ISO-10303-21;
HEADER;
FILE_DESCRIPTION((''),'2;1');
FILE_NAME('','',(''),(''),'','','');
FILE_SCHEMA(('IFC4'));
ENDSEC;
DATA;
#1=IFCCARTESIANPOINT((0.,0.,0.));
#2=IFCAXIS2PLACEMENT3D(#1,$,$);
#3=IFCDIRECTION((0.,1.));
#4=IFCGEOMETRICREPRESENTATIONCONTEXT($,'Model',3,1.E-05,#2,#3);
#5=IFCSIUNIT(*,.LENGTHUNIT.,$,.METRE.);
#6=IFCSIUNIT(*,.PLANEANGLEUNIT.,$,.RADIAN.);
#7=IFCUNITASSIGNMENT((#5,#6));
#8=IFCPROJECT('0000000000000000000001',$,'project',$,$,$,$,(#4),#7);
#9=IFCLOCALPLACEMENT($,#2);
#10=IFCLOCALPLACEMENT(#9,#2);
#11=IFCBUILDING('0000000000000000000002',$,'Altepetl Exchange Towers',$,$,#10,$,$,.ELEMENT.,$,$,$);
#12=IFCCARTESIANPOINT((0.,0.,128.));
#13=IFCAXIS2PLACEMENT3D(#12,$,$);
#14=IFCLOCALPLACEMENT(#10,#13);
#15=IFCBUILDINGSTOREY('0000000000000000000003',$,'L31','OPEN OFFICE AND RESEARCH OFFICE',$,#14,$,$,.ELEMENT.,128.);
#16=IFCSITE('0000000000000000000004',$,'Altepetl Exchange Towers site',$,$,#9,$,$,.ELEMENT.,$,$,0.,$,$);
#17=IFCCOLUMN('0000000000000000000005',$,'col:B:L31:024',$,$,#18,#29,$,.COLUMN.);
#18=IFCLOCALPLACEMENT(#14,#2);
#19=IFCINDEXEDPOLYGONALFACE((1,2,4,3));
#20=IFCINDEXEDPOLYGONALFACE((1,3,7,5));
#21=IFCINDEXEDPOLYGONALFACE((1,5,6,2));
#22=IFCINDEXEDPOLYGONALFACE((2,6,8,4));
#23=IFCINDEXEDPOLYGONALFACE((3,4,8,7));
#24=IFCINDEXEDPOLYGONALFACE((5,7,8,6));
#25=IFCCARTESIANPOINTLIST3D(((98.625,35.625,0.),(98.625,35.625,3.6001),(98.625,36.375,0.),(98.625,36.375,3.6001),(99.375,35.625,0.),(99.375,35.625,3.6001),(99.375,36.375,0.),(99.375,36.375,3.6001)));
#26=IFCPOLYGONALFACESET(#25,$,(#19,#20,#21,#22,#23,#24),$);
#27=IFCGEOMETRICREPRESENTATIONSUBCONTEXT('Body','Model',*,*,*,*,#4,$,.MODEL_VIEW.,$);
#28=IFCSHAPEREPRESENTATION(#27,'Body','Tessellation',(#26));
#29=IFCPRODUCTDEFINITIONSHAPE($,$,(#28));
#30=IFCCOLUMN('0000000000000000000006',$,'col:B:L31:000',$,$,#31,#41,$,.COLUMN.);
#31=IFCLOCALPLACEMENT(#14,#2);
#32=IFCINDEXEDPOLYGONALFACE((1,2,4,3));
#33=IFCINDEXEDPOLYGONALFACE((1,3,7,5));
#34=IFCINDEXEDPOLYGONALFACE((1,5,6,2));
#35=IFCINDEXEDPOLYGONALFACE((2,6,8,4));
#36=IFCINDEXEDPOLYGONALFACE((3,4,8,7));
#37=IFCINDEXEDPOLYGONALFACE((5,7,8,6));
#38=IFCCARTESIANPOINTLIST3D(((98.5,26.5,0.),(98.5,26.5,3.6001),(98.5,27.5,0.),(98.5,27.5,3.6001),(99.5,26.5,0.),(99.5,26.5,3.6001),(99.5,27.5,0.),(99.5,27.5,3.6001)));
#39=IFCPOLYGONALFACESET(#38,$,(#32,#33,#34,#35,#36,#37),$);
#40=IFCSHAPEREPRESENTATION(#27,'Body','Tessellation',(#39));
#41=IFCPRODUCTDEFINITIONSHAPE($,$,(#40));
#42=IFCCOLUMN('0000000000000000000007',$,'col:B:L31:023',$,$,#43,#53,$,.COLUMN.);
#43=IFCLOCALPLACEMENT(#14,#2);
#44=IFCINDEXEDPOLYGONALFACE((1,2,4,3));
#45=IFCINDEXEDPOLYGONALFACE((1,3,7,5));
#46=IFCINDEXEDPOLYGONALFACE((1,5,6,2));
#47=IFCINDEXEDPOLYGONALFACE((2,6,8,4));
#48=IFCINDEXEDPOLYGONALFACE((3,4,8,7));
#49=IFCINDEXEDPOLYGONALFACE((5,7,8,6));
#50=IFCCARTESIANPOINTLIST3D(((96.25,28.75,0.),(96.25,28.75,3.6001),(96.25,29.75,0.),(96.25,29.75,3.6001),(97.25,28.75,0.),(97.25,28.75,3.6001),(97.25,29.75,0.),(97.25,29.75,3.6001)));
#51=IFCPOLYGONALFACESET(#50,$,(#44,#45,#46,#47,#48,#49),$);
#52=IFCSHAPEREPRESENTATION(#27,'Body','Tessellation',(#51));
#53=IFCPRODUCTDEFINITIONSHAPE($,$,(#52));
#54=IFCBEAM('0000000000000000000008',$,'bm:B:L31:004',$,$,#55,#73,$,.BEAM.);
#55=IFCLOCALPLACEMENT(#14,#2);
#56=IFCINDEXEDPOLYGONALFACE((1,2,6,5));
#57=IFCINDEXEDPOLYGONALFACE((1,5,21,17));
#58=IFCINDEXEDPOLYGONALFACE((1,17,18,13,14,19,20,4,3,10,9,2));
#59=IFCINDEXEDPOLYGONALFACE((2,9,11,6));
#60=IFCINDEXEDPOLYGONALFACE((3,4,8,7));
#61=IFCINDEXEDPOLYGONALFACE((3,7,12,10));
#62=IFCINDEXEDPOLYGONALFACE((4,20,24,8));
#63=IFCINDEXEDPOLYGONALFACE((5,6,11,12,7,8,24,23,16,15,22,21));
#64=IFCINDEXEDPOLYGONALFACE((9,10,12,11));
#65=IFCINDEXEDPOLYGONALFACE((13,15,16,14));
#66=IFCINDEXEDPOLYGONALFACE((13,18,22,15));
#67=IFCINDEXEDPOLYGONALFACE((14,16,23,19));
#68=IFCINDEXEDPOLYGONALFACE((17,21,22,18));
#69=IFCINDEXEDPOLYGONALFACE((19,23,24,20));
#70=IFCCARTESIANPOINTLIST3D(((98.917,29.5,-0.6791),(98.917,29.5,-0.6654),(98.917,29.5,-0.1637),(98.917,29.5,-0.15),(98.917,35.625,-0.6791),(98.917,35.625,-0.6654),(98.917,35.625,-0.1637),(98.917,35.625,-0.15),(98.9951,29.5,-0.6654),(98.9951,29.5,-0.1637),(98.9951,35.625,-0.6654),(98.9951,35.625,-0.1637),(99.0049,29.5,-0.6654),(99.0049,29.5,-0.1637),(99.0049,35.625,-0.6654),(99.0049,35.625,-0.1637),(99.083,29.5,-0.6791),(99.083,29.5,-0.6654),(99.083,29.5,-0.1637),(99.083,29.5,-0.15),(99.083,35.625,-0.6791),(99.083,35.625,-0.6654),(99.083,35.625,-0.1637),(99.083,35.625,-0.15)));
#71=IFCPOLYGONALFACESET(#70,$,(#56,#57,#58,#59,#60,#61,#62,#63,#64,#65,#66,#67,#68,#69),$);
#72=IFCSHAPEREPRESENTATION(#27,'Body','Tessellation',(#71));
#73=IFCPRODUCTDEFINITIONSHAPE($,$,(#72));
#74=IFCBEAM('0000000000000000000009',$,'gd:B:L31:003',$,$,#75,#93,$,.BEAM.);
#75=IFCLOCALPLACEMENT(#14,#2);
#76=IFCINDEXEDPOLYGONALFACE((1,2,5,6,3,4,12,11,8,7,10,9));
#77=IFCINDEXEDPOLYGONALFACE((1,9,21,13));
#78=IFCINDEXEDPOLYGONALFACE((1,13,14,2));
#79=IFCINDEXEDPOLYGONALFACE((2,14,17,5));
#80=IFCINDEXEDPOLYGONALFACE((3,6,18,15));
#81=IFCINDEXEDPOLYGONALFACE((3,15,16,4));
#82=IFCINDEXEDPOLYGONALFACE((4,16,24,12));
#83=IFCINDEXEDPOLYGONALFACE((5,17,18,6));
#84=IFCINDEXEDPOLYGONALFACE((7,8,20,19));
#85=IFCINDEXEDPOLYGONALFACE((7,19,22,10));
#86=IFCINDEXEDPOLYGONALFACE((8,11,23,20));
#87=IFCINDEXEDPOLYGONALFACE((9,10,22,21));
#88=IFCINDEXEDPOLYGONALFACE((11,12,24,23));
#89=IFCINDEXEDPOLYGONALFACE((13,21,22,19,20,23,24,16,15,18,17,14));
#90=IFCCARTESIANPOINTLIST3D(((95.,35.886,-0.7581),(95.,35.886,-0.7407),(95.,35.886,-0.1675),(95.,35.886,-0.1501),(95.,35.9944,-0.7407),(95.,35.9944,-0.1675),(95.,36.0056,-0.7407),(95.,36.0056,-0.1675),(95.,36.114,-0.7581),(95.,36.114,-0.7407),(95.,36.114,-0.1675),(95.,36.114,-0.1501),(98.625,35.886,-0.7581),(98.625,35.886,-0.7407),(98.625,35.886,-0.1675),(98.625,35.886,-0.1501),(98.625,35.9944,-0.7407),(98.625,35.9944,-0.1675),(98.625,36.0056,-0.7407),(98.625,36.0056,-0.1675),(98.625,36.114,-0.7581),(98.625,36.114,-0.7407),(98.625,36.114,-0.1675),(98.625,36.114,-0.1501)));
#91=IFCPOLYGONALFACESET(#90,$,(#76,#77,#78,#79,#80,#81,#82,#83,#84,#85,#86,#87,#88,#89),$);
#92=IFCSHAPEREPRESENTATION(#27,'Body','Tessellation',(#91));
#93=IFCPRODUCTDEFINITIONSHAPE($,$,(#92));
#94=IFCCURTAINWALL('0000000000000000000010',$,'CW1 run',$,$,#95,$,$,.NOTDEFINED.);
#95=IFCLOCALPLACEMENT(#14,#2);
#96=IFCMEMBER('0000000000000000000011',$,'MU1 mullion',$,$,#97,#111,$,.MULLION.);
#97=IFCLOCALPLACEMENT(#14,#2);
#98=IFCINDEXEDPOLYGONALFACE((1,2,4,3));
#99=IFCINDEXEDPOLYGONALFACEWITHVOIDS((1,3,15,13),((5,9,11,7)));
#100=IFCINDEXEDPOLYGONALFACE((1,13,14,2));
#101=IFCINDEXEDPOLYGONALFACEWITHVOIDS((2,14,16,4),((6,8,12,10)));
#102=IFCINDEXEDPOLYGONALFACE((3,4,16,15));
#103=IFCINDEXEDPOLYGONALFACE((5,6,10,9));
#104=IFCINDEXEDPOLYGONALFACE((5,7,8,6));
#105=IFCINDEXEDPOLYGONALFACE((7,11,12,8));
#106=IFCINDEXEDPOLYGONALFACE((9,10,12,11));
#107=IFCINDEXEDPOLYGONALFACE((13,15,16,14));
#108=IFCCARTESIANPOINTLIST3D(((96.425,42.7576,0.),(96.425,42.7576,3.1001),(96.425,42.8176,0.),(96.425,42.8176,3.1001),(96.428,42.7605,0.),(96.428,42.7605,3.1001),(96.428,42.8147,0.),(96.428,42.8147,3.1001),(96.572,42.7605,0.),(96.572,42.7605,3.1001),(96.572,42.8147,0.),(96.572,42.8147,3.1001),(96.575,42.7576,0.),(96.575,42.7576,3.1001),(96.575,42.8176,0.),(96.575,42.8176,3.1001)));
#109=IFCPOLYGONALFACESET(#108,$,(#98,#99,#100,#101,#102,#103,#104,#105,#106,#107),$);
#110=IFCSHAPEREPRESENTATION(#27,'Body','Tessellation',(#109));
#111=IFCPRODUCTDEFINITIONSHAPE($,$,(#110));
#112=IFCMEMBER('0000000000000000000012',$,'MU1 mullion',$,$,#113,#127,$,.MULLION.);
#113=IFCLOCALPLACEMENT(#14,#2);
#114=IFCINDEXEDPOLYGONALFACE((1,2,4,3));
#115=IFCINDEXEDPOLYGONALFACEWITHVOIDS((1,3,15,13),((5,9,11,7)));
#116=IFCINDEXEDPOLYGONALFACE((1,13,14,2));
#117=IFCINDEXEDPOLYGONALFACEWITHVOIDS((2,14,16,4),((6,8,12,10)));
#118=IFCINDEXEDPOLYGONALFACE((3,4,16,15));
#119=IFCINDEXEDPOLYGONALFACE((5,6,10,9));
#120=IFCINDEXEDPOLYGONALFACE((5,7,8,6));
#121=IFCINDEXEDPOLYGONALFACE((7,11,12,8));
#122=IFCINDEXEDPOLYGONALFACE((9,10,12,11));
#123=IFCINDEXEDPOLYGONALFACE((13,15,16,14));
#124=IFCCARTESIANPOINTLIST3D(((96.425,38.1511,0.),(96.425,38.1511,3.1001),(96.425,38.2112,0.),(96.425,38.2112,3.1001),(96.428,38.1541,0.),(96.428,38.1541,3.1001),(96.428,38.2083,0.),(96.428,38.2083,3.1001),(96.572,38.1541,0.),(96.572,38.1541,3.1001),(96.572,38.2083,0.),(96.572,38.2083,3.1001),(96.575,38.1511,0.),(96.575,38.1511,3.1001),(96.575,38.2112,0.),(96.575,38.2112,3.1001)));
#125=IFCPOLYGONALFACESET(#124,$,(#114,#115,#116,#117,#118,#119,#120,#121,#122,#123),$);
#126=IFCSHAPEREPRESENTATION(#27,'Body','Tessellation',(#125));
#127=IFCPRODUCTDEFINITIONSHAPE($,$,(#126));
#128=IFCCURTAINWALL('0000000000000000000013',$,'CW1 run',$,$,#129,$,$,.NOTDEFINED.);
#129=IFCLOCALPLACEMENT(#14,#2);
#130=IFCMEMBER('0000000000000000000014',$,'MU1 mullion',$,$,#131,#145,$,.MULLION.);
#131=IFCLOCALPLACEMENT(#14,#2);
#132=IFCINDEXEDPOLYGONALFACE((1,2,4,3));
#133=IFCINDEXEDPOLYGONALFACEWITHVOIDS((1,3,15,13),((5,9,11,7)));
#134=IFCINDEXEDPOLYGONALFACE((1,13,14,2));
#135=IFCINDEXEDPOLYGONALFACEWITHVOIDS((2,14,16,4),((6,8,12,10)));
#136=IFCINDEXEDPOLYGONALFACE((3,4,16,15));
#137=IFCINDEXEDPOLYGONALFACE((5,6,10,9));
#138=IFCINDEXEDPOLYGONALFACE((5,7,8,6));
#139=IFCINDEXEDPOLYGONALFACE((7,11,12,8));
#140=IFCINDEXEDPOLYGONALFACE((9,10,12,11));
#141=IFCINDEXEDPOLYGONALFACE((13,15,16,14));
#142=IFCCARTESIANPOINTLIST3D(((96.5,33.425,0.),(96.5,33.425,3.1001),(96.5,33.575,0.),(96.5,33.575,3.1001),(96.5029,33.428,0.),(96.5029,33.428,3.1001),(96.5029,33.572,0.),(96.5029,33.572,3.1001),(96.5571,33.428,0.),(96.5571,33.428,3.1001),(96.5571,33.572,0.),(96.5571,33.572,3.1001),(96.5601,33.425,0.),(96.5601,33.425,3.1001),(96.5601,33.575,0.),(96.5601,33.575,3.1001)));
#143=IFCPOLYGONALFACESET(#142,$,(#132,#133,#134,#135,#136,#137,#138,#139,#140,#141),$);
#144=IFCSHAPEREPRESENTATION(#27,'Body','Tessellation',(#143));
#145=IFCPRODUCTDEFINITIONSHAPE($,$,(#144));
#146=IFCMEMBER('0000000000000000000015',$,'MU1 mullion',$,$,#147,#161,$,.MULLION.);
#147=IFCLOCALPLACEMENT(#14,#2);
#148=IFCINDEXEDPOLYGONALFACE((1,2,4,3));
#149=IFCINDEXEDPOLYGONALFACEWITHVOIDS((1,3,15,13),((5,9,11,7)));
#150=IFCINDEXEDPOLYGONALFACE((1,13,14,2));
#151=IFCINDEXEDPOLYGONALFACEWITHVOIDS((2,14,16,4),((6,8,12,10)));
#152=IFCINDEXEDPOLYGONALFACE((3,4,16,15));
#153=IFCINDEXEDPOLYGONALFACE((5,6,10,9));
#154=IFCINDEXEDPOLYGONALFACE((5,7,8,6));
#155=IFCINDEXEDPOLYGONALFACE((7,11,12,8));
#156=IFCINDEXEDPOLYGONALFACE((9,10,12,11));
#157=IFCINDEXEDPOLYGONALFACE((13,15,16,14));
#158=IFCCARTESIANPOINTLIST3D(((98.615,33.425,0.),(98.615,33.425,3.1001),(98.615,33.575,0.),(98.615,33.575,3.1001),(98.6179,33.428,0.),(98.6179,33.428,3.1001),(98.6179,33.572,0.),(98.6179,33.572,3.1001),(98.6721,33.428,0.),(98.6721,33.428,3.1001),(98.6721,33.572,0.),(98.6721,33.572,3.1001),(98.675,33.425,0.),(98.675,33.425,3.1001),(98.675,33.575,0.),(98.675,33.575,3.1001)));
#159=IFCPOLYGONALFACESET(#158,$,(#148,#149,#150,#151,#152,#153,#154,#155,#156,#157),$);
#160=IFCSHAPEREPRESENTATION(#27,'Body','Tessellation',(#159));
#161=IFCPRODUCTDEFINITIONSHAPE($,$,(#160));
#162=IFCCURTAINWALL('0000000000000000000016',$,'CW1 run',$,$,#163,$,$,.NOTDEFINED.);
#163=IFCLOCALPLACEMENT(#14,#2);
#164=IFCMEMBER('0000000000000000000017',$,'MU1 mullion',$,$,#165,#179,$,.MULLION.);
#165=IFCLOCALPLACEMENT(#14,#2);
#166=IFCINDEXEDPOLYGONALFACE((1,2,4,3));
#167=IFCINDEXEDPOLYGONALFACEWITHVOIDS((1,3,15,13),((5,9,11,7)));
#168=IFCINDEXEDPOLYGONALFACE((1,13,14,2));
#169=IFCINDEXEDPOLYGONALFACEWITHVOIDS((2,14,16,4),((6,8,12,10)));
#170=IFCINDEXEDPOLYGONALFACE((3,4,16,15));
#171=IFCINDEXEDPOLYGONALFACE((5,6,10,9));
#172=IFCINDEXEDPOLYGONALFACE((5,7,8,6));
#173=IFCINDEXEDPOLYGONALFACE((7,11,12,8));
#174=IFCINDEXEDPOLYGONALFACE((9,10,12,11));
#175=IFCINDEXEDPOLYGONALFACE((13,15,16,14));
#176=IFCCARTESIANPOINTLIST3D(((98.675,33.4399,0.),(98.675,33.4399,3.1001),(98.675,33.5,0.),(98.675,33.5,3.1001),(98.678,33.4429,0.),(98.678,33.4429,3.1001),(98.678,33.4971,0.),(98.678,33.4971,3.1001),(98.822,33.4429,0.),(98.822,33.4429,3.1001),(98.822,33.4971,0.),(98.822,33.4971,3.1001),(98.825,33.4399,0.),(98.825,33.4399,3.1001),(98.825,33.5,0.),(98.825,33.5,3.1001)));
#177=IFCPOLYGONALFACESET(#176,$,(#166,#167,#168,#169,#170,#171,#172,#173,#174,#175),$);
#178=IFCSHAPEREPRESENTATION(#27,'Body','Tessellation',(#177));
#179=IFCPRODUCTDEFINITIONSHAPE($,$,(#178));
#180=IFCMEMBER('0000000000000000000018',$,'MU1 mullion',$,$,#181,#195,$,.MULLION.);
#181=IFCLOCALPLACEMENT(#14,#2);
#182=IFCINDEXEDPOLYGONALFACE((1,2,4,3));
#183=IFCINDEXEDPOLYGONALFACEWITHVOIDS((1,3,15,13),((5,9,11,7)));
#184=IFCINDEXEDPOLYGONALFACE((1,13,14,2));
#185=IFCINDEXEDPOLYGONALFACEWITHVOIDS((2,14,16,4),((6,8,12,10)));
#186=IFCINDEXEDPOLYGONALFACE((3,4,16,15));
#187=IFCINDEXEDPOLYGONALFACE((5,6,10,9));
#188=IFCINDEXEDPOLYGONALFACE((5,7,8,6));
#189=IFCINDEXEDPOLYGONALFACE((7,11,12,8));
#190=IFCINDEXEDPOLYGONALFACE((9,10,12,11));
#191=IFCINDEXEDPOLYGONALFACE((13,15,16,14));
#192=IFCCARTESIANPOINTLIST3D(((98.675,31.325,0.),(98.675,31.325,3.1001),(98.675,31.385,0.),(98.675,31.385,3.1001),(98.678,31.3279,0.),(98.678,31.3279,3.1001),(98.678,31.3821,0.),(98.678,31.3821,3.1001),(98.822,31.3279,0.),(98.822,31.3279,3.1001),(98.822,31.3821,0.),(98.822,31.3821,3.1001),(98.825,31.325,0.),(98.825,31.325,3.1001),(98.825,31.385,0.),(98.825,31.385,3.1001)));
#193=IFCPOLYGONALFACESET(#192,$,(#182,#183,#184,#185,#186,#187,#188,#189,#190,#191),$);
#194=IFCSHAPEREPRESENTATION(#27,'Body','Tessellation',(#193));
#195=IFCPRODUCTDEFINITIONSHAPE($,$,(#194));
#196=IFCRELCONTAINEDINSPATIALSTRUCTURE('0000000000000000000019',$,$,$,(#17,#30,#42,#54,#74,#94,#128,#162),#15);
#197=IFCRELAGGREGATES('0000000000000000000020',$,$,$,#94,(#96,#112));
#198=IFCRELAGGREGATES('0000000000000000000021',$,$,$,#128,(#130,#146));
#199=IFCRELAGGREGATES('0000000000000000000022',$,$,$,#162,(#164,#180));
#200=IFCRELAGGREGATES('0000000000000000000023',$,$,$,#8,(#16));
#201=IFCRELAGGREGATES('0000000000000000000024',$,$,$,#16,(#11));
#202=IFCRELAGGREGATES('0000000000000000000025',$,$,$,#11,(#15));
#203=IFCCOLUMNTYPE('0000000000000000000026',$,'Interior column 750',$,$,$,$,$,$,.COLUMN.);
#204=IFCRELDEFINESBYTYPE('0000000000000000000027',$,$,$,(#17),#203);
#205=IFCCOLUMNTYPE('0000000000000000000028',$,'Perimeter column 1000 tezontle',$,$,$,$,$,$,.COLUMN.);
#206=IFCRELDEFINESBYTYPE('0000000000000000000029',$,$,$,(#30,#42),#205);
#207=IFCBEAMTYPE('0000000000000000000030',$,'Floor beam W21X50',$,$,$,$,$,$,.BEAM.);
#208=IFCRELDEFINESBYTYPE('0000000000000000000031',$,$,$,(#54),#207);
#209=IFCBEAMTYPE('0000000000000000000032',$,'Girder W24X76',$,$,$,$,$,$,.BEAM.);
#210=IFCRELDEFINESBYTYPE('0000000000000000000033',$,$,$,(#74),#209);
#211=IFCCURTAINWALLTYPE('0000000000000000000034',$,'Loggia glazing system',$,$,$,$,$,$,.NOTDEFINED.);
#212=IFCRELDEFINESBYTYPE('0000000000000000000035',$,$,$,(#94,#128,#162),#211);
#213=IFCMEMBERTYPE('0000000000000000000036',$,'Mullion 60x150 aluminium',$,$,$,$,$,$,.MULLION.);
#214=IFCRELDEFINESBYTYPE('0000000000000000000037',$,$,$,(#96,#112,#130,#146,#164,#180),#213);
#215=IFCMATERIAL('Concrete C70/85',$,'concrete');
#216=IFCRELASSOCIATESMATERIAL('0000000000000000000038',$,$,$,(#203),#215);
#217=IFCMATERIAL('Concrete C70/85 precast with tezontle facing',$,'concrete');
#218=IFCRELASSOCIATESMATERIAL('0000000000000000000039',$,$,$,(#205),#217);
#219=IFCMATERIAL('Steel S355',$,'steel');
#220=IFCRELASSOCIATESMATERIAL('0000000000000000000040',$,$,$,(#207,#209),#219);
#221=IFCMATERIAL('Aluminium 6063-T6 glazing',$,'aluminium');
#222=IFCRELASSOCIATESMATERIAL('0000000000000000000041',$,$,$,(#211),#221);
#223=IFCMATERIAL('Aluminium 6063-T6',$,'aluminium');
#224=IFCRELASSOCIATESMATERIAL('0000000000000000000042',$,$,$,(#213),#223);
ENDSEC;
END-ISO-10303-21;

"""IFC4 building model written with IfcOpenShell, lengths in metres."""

from ifc_helpers import new_model, si_unit, direction, frame, origin, origin_2d, place, context, subcontext, project, spatial, rectangle, hollow_rectangle, i_section, extrude, material, material_profile, profile_set, type_object, element, aggregate, save


model = new_model("IFC4")

# Units and contexts
model_context = context("Model", 3, precision=1e-05, world=origin(), true_north=direction((0.0, 1.0)))
body_context = subcontext(model_context, "Body", "Model", "MODEL_VIEW")
ifc_project = project(units=[si_unit("LENGTHUNIT", "METRE"), si_unit("PLANEANGLEUNIT", "RADIAN")], contexts=[model_context])

# Site, building, storey
site_placement = place(None, origin())
site = spatial("IfcSite", under=ifc_project, at=site_placement, Name="Altepetl Exchange Towers site", CompositionType="ELEMENT", RefElevation=0.0)
building_placement = place(site_placement, origin())
building = spatial("IfcBuilding", under=site, at=building_placement, Name="Altepetl Exchange Towers", CompositionType="ELEMENT")
storey_placement = place(building_placement, frame((0.0, 0.0, 128.0)))
storey = spatial("IfcBuildingStorey", under=building, at=storey_placement, Name="L31", Description="OPEN OFFICE AND RESEARCH OFFICE", CompositionType="ELEMENT", Elevation=128.0)

# Columns
ifc_material_1 = material(Name="Concrete C70/85", Category="concrete")
ifc_material_profile_1 = material_profile(ifc_material_1, rectangle(XDim=0.75, YDim=0.75, at=origin_2d()), Name="750 x 750")
ifc_profile_set_1 = profile_set([ifc_material_profile_1], Name="Concrete C70/85")
column_type_1 = type_object("IfcColumnType", Name="Interior column 750", PredefinedType="COLUMN", material=ifc_profile_set_1)
column_placement = place(storey_placement, frame((99.0, 36.0, 0.0)))
element("IfcColumn", 1, at=column_placement, inside=storey, type_object=column_type_1, Name="col:B:L31:024", PredefinedType="COLUMN", context=body_context, shape_type="SweptSolid", body=[
    extrude(rectangle(XDim=0.75, YDim=0.75, at=origin_2d()), origin(), (0.0, 0.0, 1.0), 3.6001),
])
ifc_material_2 = material(Name="Concrete C70/85 precast with tezontle facing", Category="concrete")
ifc_material_profile_2 = material_profile(ifc_material_2, rectangle(XDim=1.0, YDim=1.0, at=origin_2d()), Name="1000 x 1000")
ifc_profile_set_2 = profile_set([ifc_material_profile_2], Name="Concrete C70/85 precast with tezontle facing")
column_type_2 = type_object("IfcColumnType", Name="Perimeter column 1000 tezontle", PredefinedType="COLUMN", material=ifc_profile_set_2)
for number, where, name in (
    (2, (99.0, 27.0, 0.0), "col:B:L31:000"),
    (3, (96.75, 29.25, 0.0), "col:B:L31:023"),
):
    element("IfcColumn", number, at=place(storey_placement, frame(where)), inside=storey, type_object=column_type_2, Name=name, PredefinedType="COLUMN", context=body_context, shape_type="SweptSolid", body=[
        extrude(rectangle(XDim=1.0, YDim=1.0, at=origin_2d()), origin(), (0.0, 0.0, 1.0), 3.6001),
    ])

# Beams
ifc_material_3 = material(Name="Steel S355", Category="steel")
ifc_material_profile_3 = material_profile(ifc_material_3, i_section(OverallWidth=0.166, OverallDepth=0.5291, WebThickness=0.0098, FlangeThickness=0.0137, at=origin_2d()), Name="W21X50")
ifc_profile_set_3 = profile_set([ifc_material_profile_3], Name="Steel S355")
beam_type_1 = type_object("IfcBeamType", Name="Floor beam W21X50", PredefinedType="BEAM", material=ifc_profile_set_3)
beam_1_placement = place(storey_placement, frame((99.0, 29.5, -0.4146), z_axis=(0.0, 1.0, 0.0), x_axis=(-1.0, 0.0, 0.0)))
element("IfcBeam", 4, at=beam_1_placement, inside=storey, type_object=beam_type_1, Name="bm:B:L31:004", PredefinedType="BEAM", context=body_context, shape_type="SweptSolid", body=[
    extrude(i_section(OverallWidth=0.166, OverallDepth=0.5291, WebThickness=0.0098, FlangeThickness=0.0137, at=origin_2d()), origin(), (0.0, 0.0, 1.0), 6.125),
])
ifc_material_profile_4 = material_profile(ifc_material_3, i_section(OverallWidth=0.228, OverallDepth=0.6079, WebThickness=0.0112, FlangeThickness=0.0173, at=origin_2d()), Name="W24X76")
ifc_profile_set_4 = profile_set([ifc_material_profile_4], Name="Steel S355")
beam_type_2 = type_object("IfcBeamType", Name="Girder W24X76", PredefinedType="BEAM", material=ifc_profile_set_4)
beam_2_placement = place(storey_placement, frame((98.625, 36.0, -0.4541), z_axis=(-1.0, 0.0, 0.0), x_axis=(0.0, -1.0, 0.0)))
element("IfcBeam", 5, at=beam_2_placement, inside=storey, type_object=beam_type_2, Name="gd:B:L31:003", PredefinedType="BEAM", context=body_context, shape_type="SweptSolid", body=[
    extrude(i_section(OverallWidth=0.228, OverallDepth=0.6079, WebThickness=0.0112, FlangeThickness=0.0173, at=origin_2d()), origin(), (0.0, 0.0, 1.0), 3.625),
])

# Curtain walls, members
ifc_material_4 = material(Name="Aluminium 6063-T6 glazing", Category="aluminium")
curtain_wall_type = type_object("IfcCurtainWallType", Name="Loggia glazing system", PredefinedType="NOTDEFINED", material=ifc_material_4)
curtain_wall_1_placement = place(storey_placement, origin())
curtain_wall_1 = element("IfcCurtainWall", 6, at=curtain_wall_1_placement, inside=storey, type_object=curtain_wall_type, Name="CW1 run", PredefinedType="NOTDEFINED")
ifc_material_5 = material(Name="Aluminium 6063-T6", Category="aluminium")
ifc_material_profile_5 = material_profile(ifc_material_5, hollow_rectangle(XDim=0.0601, YDim=0.1499, WallThickness=0.0029, at=origin_2d()), Name="Mullion 60x150 aluminium")
ifc_profile_set_5 = profile_set([ifc_material_profile_5], Name="Aluminium 6063-T6")
member_type = type_object("IfcMemberType", Name="Mullion 60x150 aluminium", PredefinedType="MULLION", material=ifc_profile_set_5)
member_1_placement = place(storey_placement, frame((96.5, 42.7876, 0.0), z_axis=(0.0, 0.0, 1.0), x_axis=(0.0, -1.0, 0.0)))
member_1 = element("IfcMember", 7, at=member_1_placement, type_object=member_type, Name="MU1 mullion", PredefinedType="MULLION", context=body_context, shape_type="SweptSolid", body=[
    extrude(hollow_rectangle(XDim=0.0601, YDim=0.1499, WallThickness=0.0029, at=origin_2d()), origin(), (0.0, 0.0, 1.0), 3.1001),
])
member_2_placement = place(storey_placement, frame((96.5, 38.1812, 0.0), z_axis=(0.0, 0.0, 1.0), x_axis=(0.0, -1.0, 0.0)))
member_2 = element("IfcMember", 8, at=member_2_placement, type_object=member_type, Name="MU1 mullion", PredefinedType="MULLION", context=body_context, shape_type="SweptSolid", body=[
    extrude(hollow_rectangle(XDim=0.0601, YDim=0.1499, WallThickness=0.0029, at=origin_2d()), origin(), (0.0, 0.0, 1.0), 3.1001),
])
curtain_wall_2_placement = place(storey_placement, origin())
curtain_wall_2 = element("IfcCurtainWall", 9, at=curtain_wall_2_placement, inside=storey, type_object=curtain_wall_type, Name="CW1 run", PredefinedType="NOTDEFINED")
member_3_placement = place(storey_placement, frame((96.53, 33.5, 0.0)))
member_3 = element("IfcMember", 10, at=member_3_placement, type_object=member_type, Name="MU1 mullion", PredefinedType="MULLION", context=body_context, shape_type="SweptSolid", body=[
    extrude(hollow_rectangle(XDim=0.0601, YDim=0.1499, WallThickness=0.0029, at=origin_2d()), origin(), (0.0, 0.0, 1.0), 3.1001),
])
member_4_placement = place(storey_placement, frame((98.645, 33.5, 0.0)))
member_4 = element("IfcMember", 11, at=member_4_placement, type_object=member_type, Name="MU1 mullion", PredefinedType="MULLION", context=body_context, shape_type="SweptSolid", body=[
    extrude(hollow_rectangle(XDim=0.0601, YDim=0.1499, WallThickness=0.0029, at=origin_2d()), origin(), (0.0, 0.0, 1.0), 3.1001),
])
curtain_wall_3_placement = place(storey_placement, origin())
curtain_wall_3 = element("IfcCurtainWall", 12, at=curtain_wall_3_placement, inside=storey, type_object=curtain_wall_type, Name="CW1 run", PredefinedType="NOTDEFINED")
member_5_placement = place(storey_placement, frame((98.75, 33.47, 0.0), z_axis=(0.0, 0.0, 1.0), x_axis=(0.0, -1.0, 0.0)))
member_5 = element("IfcMember", 13, at=member_5_placement, type_object=member_type, Name="MU1 mullion", PredefinedType="MULLION", context=body_context, shape_type="SweptSolid", body=[
    extrude(hollow_rectangle(XDim=0.0601, YDim=0.1499, WallThickness=0.0029, at=origin_2d()), origin(), (0.0, 0.0, 1.0), 3.1001),
])
member_6_placement = place(storey_placement, frame((98.75, 31.355, 0.0), z_axis=(0.0, 0.0, 1.0), x_axis=(0.0, -1.0, 0.0)))
member_6 = element("IfcMember", 14, at=member_6_placement, type_object=member_type, Name="MU1 mullion", PredefinedType="MULLION", context=body_context, shape_type="SweptSolid", body=[
    extrude(hollow_rectangle(XDim=0.0601, YDim=0.1499, WallThickness=0.0029, at=origin_2d()), origin(), (0.0, 0.0, 1.0), 3.1001),
])

aggregate(curtain_wall_1, [member_1, member_2])
aggregate(curtain_wall_2, [member_3, member_4])
aggregate(curtain_wall_3, [member_5, member_6])

save(model, "model.ifc")
